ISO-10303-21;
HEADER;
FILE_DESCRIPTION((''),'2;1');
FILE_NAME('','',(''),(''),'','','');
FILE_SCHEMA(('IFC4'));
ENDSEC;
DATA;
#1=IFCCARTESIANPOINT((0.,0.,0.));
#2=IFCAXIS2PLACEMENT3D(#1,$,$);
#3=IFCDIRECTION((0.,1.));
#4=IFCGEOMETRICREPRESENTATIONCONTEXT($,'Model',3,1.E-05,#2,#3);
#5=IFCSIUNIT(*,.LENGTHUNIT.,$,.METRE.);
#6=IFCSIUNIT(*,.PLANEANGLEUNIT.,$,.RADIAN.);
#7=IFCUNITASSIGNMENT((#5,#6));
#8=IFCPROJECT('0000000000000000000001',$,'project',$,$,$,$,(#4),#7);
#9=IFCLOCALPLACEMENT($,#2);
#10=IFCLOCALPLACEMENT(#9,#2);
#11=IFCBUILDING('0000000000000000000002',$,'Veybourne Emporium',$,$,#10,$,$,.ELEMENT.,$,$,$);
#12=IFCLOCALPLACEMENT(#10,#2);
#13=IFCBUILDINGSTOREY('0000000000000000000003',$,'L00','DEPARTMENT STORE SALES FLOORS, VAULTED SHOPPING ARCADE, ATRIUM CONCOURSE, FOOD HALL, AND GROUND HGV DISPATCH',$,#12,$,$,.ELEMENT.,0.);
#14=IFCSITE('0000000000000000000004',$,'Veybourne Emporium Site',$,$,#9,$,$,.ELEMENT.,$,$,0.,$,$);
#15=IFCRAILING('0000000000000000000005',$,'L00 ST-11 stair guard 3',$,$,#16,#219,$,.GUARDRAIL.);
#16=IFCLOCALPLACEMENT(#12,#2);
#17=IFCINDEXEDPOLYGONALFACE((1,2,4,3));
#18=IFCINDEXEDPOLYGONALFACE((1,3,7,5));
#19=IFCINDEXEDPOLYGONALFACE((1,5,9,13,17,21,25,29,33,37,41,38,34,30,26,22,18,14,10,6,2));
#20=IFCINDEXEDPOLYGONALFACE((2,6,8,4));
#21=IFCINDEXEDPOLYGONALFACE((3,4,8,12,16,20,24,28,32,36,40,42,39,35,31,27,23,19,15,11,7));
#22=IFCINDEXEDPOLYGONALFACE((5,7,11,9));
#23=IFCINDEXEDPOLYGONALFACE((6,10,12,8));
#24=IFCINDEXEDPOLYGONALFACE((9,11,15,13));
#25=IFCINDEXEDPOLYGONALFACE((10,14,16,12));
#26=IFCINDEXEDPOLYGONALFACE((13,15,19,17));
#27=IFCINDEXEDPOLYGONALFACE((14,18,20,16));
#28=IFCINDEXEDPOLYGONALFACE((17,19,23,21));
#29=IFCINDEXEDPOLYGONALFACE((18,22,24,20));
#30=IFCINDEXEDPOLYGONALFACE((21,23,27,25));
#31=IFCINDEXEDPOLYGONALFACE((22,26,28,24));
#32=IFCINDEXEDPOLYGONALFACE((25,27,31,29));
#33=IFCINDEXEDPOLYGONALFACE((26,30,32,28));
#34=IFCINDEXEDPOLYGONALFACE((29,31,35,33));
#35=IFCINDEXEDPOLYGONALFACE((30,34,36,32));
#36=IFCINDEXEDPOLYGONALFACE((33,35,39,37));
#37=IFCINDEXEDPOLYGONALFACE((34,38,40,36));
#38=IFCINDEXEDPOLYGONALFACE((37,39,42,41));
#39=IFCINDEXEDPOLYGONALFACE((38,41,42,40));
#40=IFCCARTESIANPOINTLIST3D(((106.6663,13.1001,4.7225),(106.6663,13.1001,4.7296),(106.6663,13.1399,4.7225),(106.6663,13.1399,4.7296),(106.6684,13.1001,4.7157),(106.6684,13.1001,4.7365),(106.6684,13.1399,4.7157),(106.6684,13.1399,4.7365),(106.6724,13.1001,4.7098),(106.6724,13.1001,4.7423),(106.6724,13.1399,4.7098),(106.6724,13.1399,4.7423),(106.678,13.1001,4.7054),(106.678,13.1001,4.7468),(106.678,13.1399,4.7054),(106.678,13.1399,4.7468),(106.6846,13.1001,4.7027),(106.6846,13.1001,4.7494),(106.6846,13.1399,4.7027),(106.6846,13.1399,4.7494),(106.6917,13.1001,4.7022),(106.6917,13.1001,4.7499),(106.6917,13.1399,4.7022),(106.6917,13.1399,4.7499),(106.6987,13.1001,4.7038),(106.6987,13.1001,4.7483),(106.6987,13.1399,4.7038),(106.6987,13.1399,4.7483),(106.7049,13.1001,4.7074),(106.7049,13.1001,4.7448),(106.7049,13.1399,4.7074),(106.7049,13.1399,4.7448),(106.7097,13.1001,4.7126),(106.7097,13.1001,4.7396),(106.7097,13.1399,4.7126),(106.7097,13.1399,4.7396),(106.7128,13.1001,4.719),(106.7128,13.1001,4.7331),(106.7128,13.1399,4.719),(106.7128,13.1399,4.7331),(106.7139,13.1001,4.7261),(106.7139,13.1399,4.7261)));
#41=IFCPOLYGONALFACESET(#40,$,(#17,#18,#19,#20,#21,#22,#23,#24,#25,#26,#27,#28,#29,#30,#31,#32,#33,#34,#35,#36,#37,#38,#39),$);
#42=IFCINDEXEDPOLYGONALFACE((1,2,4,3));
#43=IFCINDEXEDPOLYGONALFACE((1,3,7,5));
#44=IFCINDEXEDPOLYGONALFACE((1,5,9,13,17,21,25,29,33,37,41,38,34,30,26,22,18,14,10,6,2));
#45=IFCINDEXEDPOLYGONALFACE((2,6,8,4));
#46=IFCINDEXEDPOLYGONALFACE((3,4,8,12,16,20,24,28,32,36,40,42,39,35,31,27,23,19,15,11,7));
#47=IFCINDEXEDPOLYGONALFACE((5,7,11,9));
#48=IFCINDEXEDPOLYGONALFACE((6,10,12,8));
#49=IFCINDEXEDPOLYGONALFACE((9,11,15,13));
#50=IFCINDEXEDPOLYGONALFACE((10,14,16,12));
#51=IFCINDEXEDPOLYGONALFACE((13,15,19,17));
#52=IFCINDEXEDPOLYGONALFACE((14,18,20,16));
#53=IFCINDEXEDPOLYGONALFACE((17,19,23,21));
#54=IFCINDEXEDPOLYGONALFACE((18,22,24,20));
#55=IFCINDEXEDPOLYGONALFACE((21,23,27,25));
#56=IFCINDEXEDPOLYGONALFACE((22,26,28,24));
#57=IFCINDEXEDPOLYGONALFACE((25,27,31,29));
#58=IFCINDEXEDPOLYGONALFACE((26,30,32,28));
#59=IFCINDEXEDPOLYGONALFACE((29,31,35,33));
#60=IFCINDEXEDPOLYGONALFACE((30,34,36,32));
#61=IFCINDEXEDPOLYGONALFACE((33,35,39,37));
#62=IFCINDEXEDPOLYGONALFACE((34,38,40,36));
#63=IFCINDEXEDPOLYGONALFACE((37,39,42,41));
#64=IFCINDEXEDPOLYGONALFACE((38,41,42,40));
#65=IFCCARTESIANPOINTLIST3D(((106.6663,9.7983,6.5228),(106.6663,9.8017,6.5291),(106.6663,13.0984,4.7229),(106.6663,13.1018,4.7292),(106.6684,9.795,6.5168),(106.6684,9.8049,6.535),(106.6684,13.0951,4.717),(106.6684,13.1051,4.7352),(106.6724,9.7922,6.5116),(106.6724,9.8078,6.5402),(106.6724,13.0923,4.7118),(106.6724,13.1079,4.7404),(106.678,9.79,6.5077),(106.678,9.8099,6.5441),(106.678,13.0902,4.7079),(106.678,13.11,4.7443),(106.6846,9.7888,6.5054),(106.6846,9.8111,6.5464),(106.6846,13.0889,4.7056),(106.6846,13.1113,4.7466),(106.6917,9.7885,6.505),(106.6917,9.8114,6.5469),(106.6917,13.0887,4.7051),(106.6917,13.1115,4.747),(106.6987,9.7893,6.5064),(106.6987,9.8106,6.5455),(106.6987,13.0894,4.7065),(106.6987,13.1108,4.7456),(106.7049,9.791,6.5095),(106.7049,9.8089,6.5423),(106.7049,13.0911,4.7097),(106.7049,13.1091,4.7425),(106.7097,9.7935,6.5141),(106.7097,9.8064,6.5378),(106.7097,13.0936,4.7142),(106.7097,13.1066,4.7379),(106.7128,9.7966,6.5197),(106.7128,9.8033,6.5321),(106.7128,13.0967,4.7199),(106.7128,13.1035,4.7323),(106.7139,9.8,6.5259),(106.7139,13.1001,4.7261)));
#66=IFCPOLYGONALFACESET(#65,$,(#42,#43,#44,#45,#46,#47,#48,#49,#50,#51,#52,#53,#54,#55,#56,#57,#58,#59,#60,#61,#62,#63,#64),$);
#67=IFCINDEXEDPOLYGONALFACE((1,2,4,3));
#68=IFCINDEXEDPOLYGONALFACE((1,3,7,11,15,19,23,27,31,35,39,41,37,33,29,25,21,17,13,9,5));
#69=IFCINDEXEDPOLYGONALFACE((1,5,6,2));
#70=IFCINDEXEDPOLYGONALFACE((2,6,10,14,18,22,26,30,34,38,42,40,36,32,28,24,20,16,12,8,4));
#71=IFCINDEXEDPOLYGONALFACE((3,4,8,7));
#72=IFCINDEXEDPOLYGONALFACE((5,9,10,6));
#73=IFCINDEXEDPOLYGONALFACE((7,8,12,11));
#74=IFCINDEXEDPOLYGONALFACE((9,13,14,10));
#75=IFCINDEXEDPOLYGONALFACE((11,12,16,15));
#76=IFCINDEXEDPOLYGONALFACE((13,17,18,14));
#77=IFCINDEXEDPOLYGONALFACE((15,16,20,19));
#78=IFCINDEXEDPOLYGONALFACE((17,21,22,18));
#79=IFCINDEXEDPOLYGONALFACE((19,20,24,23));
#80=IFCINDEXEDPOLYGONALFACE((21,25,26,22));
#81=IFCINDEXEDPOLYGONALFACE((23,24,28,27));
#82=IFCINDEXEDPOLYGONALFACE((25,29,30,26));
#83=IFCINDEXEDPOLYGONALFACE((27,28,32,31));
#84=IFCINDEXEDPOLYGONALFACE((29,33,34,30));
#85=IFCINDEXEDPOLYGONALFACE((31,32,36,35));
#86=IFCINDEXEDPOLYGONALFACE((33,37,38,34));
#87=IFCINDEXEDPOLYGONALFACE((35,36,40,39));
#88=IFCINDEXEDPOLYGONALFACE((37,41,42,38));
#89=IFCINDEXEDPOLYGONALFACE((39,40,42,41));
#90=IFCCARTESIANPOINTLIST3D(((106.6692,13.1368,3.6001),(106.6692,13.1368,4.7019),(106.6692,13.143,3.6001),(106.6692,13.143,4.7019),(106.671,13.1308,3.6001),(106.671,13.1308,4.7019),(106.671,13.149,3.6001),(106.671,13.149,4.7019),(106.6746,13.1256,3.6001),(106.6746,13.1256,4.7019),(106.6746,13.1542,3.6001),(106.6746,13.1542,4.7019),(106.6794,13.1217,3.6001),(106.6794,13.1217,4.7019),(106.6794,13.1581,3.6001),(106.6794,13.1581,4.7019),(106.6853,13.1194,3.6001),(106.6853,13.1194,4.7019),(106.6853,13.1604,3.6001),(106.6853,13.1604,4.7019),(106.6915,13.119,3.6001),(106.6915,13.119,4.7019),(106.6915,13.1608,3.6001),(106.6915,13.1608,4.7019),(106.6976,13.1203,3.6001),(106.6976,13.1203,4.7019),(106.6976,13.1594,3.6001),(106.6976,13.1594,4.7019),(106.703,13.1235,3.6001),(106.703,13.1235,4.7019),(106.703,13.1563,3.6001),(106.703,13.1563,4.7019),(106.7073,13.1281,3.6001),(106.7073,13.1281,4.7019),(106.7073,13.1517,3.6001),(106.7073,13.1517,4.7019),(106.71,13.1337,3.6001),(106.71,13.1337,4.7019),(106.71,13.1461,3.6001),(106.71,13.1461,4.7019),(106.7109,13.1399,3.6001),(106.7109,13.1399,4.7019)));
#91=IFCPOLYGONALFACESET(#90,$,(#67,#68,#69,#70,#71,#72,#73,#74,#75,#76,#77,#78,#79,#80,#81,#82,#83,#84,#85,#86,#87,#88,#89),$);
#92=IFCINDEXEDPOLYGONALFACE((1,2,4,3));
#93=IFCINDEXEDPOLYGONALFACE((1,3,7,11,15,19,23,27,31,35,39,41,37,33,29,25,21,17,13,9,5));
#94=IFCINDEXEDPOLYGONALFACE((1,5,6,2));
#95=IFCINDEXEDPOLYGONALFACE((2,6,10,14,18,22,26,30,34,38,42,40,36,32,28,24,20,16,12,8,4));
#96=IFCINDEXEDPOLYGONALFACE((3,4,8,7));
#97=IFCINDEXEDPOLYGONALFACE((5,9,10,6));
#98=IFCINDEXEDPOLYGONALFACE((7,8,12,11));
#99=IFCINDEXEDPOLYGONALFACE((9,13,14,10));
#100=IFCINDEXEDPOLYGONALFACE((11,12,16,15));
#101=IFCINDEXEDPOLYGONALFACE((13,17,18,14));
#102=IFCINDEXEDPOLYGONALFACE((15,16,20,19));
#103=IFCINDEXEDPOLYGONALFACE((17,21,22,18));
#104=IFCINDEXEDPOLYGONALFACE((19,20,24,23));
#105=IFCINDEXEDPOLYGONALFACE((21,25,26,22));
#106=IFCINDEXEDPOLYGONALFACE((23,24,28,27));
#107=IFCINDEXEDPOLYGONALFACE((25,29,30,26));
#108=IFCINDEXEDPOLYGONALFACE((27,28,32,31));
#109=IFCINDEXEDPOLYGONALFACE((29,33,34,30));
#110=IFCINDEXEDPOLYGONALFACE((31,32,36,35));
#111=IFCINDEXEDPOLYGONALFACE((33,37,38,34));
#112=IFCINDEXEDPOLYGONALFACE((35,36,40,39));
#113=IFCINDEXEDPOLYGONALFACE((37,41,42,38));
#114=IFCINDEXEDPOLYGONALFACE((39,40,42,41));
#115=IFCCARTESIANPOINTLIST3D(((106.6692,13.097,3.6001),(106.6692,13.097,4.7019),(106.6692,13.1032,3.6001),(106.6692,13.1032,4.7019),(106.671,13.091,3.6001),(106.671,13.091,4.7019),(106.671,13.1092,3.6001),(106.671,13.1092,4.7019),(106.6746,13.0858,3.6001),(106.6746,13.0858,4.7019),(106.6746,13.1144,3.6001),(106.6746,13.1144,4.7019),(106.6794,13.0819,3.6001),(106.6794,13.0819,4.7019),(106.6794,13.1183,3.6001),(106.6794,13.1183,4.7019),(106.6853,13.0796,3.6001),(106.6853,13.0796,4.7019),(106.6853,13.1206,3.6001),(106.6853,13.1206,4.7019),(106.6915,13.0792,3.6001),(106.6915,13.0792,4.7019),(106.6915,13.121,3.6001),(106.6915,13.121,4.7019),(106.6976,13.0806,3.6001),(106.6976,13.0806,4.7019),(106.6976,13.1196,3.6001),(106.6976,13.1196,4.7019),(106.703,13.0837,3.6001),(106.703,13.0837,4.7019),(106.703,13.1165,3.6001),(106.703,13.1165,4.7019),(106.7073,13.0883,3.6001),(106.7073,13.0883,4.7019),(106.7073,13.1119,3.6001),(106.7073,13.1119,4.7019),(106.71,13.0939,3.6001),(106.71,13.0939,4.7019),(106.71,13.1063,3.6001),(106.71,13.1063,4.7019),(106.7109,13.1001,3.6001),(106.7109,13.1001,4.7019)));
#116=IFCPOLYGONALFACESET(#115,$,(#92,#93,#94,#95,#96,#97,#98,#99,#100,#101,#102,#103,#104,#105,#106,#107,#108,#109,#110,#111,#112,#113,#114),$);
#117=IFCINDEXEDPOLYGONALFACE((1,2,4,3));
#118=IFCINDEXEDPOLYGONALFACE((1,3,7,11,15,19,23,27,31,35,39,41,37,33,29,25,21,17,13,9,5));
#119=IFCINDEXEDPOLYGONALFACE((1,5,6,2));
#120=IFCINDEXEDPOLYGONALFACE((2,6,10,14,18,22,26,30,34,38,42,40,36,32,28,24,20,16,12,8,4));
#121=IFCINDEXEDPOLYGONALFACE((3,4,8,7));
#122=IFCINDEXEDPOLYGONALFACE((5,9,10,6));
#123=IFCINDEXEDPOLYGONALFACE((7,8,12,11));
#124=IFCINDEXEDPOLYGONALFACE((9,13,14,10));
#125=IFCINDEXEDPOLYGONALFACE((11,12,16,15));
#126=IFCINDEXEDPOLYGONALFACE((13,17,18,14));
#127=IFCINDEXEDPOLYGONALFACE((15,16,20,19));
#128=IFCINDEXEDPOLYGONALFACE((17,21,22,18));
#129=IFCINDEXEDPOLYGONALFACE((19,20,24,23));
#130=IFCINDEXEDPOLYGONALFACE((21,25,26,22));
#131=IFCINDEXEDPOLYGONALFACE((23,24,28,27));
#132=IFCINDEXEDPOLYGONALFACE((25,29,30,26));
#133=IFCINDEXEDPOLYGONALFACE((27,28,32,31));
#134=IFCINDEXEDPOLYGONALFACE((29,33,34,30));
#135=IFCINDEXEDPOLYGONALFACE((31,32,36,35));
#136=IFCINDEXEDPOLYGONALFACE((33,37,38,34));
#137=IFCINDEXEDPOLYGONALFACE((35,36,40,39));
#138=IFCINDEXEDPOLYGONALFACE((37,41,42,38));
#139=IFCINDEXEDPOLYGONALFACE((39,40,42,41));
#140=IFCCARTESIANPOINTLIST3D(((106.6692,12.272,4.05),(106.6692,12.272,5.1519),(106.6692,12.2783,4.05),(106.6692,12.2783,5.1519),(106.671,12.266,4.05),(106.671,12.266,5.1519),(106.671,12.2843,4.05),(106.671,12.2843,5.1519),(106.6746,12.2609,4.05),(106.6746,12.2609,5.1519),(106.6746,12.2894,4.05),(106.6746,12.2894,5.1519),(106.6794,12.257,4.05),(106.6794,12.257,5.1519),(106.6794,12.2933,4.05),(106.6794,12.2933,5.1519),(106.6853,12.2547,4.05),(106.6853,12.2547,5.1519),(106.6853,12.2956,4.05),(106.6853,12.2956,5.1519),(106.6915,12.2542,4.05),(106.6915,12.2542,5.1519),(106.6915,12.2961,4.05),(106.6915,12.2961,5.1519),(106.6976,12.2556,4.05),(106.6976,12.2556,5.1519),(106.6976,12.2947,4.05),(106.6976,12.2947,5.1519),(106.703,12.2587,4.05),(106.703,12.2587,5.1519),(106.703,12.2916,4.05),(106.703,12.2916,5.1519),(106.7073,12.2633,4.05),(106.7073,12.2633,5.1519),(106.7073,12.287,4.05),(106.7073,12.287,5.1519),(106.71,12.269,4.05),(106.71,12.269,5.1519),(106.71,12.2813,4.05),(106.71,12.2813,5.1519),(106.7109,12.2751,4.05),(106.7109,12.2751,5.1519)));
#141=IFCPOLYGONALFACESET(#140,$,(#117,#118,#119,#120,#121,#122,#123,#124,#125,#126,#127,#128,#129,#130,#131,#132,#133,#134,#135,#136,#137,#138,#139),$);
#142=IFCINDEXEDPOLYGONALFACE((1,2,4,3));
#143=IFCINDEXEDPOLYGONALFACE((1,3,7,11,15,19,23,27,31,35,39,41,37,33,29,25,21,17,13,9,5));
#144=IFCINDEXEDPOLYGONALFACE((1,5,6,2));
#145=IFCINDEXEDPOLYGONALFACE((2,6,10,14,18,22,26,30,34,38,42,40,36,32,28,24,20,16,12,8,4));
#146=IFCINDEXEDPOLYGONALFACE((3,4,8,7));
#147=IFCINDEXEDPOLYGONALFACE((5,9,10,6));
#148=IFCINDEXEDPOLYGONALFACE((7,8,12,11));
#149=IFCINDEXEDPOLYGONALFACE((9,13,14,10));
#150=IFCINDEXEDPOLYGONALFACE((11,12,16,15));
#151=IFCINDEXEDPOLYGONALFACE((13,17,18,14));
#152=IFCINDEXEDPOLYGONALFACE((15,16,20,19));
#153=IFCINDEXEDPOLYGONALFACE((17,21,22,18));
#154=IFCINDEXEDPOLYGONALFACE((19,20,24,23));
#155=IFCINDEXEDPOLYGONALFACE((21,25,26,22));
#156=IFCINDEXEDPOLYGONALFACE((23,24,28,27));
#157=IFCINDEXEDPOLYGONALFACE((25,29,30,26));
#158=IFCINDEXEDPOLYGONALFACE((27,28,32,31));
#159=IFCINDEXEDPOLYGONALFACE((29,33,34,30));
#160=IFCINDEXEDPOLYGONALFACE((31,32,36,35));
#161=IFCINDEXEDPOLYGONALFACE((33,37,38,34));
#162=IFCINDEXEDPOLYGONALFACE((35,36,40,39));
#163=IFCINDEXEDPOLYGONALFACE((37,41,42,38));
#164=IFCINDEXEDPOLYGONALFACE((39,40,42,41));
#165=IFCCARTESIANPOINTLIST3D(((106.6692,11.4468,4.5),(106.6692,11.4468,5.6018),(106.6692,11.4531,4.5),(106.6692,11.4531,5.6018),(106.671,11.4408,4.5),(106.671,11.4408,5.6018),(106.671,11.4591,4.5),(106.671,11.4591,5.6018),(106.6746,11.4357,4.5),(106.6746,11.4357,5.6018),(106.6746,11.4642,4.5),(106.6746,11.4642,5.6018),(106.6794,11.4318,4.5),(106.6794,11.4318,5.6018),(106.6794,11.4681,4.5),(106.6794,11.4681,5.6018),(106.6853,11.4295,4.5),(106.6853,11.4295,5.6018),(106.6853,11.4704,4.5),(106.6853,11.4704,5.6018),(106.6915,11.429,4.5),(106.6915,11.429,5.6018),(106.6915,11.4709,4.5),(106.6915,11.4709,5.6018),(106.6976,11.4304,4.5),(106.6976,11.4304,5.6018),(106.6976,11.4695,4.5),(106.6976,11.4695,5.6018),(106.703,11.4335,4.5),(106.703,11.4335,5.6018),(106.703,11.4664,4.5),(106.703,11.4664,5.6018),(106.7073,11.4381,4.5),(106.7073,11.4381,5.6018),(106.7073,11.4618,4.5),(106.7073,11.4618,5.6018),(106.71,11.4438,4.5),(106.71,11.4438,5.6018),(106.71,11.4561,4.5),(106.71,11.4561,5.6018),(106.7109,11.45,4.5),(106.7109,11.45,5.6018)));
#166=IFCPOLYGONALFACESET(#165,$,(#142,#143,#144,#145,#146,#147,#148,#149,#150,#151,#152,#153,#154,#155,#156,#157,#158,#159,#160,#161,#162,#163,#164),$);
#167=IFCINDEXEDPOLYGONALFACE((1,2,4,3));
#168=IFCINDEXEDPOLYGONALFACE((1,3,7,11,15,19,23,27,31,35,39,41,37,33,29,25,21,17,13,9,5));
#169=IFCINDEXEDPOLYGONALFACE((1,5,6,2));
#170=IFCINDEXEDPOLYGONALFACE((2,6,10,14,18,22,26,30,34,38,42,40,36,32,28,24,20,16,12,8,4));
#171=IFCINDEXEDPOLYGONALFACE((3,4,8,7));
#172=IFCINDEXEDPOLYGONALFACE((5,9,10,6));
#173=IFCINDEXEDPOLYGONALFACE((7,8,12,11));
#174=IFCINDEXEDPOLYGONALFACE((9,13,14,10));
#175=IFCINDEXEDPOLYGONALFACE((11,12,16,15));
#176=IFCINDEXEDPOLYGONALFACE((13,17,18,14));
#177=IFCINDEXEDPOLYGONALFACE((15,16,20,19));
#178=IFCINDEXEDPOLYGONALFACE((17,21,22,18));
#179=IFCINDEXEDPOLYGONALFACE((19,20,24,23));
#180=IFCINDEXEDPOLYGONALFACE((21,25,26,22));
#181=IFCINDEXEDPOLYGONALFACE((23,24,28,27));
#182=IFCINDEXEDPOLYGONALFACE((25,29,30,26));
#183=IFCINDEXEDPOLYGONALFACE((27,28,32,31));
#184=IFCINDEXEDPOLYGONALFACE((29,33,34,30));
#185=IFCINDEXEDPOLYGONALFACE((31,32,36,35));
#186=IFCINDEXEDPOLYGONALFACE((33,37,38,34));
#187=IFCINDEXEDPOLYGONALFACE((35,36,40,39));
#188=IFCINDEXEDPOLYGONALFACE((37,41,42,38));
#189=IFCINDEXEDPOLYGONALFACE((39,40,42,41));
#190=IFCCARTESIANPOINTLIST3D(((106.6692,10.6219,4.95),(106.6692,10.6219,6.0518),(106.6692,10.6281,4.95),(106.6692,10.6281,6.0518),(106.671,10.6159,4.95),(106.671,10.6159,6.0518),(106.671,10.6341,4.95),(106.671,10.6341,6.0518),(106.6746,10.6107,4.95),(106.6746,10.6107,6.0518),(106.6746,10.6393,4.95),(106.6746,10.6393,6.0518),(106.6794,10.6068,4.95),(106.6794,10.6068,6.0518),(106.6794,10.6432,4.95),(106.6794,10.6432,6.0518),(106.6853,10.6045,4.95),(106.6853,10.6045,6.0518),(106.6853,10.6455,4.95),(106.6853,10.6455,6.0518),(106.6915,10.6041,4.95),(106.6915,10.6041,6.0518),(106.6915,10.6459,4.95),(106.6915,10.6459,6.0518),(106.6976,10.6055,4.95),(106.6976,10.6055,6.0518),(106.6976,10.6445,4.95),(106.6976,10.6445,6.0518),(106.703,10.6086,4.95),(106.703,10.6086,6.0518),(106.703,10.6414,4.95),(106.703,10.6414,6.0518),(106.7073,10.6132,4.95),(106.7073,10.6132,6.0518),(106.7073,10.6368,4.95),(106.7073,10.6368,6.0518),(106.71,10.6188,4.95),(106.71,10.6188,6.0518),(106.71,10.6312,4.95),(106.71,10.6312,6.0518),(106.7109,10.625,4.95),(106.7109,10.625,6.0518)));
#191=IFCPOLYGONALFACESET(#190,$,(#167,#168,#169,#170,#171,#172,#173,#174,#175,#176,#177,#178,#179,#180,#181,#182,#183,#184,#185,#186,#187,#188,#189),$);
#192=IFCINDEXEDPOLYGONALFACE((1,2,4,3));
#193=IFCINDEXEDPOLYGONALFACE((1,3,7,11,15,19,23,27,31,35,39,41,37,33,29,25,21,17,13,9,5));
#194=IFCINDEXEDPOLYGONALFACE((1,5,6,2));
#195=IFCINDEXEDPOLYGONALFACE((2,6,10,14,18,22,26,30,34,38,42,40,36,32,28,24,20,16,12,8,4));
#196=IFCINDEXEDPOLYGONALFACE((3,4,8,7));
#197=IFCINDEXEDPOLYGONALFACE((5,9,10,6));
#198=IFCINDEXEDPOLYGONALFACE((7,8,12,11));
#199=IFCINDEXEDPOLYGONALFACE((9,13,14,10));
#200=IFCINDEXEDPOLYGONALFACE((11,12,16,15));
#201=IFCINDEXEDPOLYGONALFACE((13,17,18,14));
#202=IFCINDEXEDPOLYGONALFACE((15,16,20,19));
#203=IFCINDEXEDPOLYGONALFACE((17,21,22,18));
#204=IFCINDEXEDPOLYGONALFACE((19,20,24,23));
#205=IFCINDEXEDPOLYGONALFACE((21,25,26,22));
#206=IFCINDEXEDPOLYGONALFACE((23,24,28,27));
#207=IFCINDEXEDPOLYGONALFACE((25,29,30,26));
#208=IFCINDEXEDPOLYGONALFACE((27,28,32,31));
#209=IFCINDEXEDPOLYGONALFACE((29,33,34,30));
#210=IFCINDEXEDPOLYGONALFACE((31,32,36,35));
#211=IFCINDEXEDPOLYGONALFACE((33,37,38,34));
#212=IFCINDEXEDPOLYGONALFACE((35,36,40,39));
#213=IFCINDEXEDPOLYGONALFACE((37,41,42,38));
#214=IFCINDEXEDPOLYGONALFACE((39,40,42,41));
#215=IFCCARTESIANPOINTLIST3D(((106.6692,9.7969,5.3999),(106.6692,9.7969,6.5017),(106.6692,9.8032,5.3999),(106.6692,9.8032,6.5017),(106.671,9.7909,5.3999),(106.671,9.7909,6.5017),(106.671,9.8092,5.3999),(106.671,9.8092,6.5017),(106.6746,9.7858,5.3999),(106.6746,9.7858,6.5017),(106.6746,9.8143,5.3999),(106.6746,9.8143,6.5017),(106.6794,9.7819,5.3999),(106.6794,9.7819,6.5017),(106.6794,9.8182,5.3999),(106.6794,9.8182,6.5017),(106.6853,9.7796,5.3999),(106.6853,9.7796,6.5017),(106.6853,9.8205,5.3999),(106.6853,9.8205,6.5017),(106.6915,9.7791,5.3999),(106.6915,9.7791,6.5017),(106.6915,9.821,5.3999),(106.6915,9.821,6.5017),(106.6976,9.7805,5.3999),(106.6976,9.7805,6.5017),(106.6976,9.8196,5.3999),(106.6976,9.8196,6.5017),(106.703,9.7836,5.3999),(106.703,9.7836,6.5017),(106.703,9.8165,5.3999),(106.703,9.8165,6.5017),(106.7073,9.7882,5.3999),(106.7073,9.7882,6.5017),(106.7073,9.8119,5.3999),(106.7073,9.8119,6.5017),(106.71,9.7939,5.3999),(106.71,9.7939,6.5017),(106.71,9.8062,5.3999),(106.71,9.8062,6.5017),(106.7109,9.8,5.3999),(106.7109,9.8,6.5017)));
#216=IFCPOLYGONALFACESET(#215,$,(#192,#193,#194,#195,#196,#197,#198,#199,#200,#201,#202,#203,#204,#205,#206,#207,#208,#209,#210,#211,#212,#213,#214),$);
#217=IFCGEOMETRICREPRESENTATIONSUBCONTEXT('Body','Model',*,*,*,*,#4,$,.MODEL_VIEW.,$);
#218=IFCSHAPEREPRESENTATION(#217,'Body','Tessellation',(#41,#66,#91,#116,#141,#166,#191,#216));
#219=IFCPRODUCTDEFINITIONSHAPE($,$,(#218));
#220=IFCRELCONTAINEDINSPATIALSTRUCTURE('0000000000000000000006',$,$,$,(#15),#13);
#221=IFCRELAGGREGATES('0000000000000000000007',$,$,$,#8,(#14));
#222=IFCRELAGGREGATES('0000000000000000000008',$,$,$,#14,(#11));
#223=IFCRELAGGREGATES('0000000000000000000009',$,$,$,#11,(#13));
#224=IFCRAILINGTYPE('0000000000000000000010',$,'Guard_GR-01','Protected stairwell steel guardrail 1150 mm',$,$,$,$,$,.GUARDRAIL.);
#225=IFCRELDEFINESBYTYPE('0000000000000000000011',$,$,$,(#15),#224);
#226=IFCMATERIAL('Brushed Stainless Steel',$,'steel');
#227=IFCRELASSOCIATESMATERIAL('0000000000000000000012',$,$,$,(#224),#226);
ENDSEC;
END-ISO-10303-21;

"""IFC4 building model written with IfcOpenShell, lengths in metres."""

from ifc_helpers import new_model, si_unit, direction, frame, origin, origin_2d, place, context, subcontext, project, spatial, circle, extrude, material, type_object, element, save


model = new_model("IFC4")

# Units and contexts
model_context = context("Model", 3, precision=1e-05, world=origin(), true_north=direction((0.0, 1.0)))
body_context = subcontext(model_context, "Body", "Model", "MODEL_VIEW")
ifc_project = project(units=[si_unit("LENGTHUNIT", "METRE"), si_unit("PLANEANGLEUNIT", "RADIAN")], contexts=[model_context])

# Site, building, storey
site_placement = place(None, origin())
site = spatial("IfcSite", under=ifc_project, at=site_placement, Name="Veybourne Emporium Site", CompositionType="ELEMENT", RefElevation=0.0)
building_placement = place(site_placement, origin())
building = spatial("IfcBuilding", under=site, at=building_placement, Name="Veybourne Emporium", CompositionType="ELEMENT")
storey_placement = place(building_placement, origin())
storey = spatial("IfcBuildingStorey", under=building, at=storey_placement, Name="L00", Description="DEPARTMENT STORE SALES FLOORS, VAULTED SHOPPING ARCADE, ATRIUM CONCOURSE, FOOD HALL, AND GROUND HGV DISPATCH", CompositionType="ELEMENT", Elevation=0.0)

# Railing
ifc_material_1 = material(Name="Brushed Stainless Steel", Category="steel")
railing_type_1 = type_object("IfcRailingType", Name="Guard_GR-01", Description="Protected stairwell steel guardrail 1150 mm", PredefinedType="GUARDRAIL", material=ifc_material_1)
railing_1_placement = place(storey_placement, frame((106.6899, 13.1399, 3.6001)))
element("IfcRailing", 1, at=railing_1_placement, inside=storey, type_object=railing_type_1, Name="L00 ST-11 stair guard 3", PredefinedType="GUARDRAIL", context=body_context, shape_type="SweptSolid", body=[
    extrude(circle(Radius=0.0239, at=origin_2d()), frame((0.0, 0.0, 1.126), z_axis=(0.0, -1.0, 0.0), x_axis=(1.0, 0.0, 0.0)), (0.0, 0.0, 1.0), 0.0398),
    extrude(circle(Radius=0.0239, at=origin_2d()), frame((0.0, -0.0398, 1.126), z_axis=(0.0, -0.87792, 0.478807), x_axis=(1.0, 0.0, 0.0)), (0.0, 0.0, 1.0), 3.759),
    extrude(circle(Radius=0.021, at=origin_2d()), origin(), (0.0, 0.0, 1.0), 1.1018),
    extrude(circle(Radius=0.021, at=origin_2d()), frame((0.0, -0.0398, 0.0)), (0.0, 0.0, 1.0), 1.1018),
    extrude(circle(Radius=0.021, at=origin_2d()), frame((0.0, -0.8647, 0.45)), (0.0, 0.0, 1.0), 1.1018),
    extrude(circle(Radius=0.021, at=origin_2d()), frame((0.0, -1.6899, 0.8999)), (0.0, 0.0, 1.0), 1.1018),
    extrude(circle(Radius=0.021, at=origin_2d()), frame((0.0, -2.5149, 1.3499)), (0.0, 0.0, 1.0), 1.1018),
    extrude(circle(Radius=0.021, at=origin_2d()), frame((0.0, -3.3398, 1.7998)), (0.0, 0.0, 1.0), 1.1018),
])

save(model, "model.ifc")
